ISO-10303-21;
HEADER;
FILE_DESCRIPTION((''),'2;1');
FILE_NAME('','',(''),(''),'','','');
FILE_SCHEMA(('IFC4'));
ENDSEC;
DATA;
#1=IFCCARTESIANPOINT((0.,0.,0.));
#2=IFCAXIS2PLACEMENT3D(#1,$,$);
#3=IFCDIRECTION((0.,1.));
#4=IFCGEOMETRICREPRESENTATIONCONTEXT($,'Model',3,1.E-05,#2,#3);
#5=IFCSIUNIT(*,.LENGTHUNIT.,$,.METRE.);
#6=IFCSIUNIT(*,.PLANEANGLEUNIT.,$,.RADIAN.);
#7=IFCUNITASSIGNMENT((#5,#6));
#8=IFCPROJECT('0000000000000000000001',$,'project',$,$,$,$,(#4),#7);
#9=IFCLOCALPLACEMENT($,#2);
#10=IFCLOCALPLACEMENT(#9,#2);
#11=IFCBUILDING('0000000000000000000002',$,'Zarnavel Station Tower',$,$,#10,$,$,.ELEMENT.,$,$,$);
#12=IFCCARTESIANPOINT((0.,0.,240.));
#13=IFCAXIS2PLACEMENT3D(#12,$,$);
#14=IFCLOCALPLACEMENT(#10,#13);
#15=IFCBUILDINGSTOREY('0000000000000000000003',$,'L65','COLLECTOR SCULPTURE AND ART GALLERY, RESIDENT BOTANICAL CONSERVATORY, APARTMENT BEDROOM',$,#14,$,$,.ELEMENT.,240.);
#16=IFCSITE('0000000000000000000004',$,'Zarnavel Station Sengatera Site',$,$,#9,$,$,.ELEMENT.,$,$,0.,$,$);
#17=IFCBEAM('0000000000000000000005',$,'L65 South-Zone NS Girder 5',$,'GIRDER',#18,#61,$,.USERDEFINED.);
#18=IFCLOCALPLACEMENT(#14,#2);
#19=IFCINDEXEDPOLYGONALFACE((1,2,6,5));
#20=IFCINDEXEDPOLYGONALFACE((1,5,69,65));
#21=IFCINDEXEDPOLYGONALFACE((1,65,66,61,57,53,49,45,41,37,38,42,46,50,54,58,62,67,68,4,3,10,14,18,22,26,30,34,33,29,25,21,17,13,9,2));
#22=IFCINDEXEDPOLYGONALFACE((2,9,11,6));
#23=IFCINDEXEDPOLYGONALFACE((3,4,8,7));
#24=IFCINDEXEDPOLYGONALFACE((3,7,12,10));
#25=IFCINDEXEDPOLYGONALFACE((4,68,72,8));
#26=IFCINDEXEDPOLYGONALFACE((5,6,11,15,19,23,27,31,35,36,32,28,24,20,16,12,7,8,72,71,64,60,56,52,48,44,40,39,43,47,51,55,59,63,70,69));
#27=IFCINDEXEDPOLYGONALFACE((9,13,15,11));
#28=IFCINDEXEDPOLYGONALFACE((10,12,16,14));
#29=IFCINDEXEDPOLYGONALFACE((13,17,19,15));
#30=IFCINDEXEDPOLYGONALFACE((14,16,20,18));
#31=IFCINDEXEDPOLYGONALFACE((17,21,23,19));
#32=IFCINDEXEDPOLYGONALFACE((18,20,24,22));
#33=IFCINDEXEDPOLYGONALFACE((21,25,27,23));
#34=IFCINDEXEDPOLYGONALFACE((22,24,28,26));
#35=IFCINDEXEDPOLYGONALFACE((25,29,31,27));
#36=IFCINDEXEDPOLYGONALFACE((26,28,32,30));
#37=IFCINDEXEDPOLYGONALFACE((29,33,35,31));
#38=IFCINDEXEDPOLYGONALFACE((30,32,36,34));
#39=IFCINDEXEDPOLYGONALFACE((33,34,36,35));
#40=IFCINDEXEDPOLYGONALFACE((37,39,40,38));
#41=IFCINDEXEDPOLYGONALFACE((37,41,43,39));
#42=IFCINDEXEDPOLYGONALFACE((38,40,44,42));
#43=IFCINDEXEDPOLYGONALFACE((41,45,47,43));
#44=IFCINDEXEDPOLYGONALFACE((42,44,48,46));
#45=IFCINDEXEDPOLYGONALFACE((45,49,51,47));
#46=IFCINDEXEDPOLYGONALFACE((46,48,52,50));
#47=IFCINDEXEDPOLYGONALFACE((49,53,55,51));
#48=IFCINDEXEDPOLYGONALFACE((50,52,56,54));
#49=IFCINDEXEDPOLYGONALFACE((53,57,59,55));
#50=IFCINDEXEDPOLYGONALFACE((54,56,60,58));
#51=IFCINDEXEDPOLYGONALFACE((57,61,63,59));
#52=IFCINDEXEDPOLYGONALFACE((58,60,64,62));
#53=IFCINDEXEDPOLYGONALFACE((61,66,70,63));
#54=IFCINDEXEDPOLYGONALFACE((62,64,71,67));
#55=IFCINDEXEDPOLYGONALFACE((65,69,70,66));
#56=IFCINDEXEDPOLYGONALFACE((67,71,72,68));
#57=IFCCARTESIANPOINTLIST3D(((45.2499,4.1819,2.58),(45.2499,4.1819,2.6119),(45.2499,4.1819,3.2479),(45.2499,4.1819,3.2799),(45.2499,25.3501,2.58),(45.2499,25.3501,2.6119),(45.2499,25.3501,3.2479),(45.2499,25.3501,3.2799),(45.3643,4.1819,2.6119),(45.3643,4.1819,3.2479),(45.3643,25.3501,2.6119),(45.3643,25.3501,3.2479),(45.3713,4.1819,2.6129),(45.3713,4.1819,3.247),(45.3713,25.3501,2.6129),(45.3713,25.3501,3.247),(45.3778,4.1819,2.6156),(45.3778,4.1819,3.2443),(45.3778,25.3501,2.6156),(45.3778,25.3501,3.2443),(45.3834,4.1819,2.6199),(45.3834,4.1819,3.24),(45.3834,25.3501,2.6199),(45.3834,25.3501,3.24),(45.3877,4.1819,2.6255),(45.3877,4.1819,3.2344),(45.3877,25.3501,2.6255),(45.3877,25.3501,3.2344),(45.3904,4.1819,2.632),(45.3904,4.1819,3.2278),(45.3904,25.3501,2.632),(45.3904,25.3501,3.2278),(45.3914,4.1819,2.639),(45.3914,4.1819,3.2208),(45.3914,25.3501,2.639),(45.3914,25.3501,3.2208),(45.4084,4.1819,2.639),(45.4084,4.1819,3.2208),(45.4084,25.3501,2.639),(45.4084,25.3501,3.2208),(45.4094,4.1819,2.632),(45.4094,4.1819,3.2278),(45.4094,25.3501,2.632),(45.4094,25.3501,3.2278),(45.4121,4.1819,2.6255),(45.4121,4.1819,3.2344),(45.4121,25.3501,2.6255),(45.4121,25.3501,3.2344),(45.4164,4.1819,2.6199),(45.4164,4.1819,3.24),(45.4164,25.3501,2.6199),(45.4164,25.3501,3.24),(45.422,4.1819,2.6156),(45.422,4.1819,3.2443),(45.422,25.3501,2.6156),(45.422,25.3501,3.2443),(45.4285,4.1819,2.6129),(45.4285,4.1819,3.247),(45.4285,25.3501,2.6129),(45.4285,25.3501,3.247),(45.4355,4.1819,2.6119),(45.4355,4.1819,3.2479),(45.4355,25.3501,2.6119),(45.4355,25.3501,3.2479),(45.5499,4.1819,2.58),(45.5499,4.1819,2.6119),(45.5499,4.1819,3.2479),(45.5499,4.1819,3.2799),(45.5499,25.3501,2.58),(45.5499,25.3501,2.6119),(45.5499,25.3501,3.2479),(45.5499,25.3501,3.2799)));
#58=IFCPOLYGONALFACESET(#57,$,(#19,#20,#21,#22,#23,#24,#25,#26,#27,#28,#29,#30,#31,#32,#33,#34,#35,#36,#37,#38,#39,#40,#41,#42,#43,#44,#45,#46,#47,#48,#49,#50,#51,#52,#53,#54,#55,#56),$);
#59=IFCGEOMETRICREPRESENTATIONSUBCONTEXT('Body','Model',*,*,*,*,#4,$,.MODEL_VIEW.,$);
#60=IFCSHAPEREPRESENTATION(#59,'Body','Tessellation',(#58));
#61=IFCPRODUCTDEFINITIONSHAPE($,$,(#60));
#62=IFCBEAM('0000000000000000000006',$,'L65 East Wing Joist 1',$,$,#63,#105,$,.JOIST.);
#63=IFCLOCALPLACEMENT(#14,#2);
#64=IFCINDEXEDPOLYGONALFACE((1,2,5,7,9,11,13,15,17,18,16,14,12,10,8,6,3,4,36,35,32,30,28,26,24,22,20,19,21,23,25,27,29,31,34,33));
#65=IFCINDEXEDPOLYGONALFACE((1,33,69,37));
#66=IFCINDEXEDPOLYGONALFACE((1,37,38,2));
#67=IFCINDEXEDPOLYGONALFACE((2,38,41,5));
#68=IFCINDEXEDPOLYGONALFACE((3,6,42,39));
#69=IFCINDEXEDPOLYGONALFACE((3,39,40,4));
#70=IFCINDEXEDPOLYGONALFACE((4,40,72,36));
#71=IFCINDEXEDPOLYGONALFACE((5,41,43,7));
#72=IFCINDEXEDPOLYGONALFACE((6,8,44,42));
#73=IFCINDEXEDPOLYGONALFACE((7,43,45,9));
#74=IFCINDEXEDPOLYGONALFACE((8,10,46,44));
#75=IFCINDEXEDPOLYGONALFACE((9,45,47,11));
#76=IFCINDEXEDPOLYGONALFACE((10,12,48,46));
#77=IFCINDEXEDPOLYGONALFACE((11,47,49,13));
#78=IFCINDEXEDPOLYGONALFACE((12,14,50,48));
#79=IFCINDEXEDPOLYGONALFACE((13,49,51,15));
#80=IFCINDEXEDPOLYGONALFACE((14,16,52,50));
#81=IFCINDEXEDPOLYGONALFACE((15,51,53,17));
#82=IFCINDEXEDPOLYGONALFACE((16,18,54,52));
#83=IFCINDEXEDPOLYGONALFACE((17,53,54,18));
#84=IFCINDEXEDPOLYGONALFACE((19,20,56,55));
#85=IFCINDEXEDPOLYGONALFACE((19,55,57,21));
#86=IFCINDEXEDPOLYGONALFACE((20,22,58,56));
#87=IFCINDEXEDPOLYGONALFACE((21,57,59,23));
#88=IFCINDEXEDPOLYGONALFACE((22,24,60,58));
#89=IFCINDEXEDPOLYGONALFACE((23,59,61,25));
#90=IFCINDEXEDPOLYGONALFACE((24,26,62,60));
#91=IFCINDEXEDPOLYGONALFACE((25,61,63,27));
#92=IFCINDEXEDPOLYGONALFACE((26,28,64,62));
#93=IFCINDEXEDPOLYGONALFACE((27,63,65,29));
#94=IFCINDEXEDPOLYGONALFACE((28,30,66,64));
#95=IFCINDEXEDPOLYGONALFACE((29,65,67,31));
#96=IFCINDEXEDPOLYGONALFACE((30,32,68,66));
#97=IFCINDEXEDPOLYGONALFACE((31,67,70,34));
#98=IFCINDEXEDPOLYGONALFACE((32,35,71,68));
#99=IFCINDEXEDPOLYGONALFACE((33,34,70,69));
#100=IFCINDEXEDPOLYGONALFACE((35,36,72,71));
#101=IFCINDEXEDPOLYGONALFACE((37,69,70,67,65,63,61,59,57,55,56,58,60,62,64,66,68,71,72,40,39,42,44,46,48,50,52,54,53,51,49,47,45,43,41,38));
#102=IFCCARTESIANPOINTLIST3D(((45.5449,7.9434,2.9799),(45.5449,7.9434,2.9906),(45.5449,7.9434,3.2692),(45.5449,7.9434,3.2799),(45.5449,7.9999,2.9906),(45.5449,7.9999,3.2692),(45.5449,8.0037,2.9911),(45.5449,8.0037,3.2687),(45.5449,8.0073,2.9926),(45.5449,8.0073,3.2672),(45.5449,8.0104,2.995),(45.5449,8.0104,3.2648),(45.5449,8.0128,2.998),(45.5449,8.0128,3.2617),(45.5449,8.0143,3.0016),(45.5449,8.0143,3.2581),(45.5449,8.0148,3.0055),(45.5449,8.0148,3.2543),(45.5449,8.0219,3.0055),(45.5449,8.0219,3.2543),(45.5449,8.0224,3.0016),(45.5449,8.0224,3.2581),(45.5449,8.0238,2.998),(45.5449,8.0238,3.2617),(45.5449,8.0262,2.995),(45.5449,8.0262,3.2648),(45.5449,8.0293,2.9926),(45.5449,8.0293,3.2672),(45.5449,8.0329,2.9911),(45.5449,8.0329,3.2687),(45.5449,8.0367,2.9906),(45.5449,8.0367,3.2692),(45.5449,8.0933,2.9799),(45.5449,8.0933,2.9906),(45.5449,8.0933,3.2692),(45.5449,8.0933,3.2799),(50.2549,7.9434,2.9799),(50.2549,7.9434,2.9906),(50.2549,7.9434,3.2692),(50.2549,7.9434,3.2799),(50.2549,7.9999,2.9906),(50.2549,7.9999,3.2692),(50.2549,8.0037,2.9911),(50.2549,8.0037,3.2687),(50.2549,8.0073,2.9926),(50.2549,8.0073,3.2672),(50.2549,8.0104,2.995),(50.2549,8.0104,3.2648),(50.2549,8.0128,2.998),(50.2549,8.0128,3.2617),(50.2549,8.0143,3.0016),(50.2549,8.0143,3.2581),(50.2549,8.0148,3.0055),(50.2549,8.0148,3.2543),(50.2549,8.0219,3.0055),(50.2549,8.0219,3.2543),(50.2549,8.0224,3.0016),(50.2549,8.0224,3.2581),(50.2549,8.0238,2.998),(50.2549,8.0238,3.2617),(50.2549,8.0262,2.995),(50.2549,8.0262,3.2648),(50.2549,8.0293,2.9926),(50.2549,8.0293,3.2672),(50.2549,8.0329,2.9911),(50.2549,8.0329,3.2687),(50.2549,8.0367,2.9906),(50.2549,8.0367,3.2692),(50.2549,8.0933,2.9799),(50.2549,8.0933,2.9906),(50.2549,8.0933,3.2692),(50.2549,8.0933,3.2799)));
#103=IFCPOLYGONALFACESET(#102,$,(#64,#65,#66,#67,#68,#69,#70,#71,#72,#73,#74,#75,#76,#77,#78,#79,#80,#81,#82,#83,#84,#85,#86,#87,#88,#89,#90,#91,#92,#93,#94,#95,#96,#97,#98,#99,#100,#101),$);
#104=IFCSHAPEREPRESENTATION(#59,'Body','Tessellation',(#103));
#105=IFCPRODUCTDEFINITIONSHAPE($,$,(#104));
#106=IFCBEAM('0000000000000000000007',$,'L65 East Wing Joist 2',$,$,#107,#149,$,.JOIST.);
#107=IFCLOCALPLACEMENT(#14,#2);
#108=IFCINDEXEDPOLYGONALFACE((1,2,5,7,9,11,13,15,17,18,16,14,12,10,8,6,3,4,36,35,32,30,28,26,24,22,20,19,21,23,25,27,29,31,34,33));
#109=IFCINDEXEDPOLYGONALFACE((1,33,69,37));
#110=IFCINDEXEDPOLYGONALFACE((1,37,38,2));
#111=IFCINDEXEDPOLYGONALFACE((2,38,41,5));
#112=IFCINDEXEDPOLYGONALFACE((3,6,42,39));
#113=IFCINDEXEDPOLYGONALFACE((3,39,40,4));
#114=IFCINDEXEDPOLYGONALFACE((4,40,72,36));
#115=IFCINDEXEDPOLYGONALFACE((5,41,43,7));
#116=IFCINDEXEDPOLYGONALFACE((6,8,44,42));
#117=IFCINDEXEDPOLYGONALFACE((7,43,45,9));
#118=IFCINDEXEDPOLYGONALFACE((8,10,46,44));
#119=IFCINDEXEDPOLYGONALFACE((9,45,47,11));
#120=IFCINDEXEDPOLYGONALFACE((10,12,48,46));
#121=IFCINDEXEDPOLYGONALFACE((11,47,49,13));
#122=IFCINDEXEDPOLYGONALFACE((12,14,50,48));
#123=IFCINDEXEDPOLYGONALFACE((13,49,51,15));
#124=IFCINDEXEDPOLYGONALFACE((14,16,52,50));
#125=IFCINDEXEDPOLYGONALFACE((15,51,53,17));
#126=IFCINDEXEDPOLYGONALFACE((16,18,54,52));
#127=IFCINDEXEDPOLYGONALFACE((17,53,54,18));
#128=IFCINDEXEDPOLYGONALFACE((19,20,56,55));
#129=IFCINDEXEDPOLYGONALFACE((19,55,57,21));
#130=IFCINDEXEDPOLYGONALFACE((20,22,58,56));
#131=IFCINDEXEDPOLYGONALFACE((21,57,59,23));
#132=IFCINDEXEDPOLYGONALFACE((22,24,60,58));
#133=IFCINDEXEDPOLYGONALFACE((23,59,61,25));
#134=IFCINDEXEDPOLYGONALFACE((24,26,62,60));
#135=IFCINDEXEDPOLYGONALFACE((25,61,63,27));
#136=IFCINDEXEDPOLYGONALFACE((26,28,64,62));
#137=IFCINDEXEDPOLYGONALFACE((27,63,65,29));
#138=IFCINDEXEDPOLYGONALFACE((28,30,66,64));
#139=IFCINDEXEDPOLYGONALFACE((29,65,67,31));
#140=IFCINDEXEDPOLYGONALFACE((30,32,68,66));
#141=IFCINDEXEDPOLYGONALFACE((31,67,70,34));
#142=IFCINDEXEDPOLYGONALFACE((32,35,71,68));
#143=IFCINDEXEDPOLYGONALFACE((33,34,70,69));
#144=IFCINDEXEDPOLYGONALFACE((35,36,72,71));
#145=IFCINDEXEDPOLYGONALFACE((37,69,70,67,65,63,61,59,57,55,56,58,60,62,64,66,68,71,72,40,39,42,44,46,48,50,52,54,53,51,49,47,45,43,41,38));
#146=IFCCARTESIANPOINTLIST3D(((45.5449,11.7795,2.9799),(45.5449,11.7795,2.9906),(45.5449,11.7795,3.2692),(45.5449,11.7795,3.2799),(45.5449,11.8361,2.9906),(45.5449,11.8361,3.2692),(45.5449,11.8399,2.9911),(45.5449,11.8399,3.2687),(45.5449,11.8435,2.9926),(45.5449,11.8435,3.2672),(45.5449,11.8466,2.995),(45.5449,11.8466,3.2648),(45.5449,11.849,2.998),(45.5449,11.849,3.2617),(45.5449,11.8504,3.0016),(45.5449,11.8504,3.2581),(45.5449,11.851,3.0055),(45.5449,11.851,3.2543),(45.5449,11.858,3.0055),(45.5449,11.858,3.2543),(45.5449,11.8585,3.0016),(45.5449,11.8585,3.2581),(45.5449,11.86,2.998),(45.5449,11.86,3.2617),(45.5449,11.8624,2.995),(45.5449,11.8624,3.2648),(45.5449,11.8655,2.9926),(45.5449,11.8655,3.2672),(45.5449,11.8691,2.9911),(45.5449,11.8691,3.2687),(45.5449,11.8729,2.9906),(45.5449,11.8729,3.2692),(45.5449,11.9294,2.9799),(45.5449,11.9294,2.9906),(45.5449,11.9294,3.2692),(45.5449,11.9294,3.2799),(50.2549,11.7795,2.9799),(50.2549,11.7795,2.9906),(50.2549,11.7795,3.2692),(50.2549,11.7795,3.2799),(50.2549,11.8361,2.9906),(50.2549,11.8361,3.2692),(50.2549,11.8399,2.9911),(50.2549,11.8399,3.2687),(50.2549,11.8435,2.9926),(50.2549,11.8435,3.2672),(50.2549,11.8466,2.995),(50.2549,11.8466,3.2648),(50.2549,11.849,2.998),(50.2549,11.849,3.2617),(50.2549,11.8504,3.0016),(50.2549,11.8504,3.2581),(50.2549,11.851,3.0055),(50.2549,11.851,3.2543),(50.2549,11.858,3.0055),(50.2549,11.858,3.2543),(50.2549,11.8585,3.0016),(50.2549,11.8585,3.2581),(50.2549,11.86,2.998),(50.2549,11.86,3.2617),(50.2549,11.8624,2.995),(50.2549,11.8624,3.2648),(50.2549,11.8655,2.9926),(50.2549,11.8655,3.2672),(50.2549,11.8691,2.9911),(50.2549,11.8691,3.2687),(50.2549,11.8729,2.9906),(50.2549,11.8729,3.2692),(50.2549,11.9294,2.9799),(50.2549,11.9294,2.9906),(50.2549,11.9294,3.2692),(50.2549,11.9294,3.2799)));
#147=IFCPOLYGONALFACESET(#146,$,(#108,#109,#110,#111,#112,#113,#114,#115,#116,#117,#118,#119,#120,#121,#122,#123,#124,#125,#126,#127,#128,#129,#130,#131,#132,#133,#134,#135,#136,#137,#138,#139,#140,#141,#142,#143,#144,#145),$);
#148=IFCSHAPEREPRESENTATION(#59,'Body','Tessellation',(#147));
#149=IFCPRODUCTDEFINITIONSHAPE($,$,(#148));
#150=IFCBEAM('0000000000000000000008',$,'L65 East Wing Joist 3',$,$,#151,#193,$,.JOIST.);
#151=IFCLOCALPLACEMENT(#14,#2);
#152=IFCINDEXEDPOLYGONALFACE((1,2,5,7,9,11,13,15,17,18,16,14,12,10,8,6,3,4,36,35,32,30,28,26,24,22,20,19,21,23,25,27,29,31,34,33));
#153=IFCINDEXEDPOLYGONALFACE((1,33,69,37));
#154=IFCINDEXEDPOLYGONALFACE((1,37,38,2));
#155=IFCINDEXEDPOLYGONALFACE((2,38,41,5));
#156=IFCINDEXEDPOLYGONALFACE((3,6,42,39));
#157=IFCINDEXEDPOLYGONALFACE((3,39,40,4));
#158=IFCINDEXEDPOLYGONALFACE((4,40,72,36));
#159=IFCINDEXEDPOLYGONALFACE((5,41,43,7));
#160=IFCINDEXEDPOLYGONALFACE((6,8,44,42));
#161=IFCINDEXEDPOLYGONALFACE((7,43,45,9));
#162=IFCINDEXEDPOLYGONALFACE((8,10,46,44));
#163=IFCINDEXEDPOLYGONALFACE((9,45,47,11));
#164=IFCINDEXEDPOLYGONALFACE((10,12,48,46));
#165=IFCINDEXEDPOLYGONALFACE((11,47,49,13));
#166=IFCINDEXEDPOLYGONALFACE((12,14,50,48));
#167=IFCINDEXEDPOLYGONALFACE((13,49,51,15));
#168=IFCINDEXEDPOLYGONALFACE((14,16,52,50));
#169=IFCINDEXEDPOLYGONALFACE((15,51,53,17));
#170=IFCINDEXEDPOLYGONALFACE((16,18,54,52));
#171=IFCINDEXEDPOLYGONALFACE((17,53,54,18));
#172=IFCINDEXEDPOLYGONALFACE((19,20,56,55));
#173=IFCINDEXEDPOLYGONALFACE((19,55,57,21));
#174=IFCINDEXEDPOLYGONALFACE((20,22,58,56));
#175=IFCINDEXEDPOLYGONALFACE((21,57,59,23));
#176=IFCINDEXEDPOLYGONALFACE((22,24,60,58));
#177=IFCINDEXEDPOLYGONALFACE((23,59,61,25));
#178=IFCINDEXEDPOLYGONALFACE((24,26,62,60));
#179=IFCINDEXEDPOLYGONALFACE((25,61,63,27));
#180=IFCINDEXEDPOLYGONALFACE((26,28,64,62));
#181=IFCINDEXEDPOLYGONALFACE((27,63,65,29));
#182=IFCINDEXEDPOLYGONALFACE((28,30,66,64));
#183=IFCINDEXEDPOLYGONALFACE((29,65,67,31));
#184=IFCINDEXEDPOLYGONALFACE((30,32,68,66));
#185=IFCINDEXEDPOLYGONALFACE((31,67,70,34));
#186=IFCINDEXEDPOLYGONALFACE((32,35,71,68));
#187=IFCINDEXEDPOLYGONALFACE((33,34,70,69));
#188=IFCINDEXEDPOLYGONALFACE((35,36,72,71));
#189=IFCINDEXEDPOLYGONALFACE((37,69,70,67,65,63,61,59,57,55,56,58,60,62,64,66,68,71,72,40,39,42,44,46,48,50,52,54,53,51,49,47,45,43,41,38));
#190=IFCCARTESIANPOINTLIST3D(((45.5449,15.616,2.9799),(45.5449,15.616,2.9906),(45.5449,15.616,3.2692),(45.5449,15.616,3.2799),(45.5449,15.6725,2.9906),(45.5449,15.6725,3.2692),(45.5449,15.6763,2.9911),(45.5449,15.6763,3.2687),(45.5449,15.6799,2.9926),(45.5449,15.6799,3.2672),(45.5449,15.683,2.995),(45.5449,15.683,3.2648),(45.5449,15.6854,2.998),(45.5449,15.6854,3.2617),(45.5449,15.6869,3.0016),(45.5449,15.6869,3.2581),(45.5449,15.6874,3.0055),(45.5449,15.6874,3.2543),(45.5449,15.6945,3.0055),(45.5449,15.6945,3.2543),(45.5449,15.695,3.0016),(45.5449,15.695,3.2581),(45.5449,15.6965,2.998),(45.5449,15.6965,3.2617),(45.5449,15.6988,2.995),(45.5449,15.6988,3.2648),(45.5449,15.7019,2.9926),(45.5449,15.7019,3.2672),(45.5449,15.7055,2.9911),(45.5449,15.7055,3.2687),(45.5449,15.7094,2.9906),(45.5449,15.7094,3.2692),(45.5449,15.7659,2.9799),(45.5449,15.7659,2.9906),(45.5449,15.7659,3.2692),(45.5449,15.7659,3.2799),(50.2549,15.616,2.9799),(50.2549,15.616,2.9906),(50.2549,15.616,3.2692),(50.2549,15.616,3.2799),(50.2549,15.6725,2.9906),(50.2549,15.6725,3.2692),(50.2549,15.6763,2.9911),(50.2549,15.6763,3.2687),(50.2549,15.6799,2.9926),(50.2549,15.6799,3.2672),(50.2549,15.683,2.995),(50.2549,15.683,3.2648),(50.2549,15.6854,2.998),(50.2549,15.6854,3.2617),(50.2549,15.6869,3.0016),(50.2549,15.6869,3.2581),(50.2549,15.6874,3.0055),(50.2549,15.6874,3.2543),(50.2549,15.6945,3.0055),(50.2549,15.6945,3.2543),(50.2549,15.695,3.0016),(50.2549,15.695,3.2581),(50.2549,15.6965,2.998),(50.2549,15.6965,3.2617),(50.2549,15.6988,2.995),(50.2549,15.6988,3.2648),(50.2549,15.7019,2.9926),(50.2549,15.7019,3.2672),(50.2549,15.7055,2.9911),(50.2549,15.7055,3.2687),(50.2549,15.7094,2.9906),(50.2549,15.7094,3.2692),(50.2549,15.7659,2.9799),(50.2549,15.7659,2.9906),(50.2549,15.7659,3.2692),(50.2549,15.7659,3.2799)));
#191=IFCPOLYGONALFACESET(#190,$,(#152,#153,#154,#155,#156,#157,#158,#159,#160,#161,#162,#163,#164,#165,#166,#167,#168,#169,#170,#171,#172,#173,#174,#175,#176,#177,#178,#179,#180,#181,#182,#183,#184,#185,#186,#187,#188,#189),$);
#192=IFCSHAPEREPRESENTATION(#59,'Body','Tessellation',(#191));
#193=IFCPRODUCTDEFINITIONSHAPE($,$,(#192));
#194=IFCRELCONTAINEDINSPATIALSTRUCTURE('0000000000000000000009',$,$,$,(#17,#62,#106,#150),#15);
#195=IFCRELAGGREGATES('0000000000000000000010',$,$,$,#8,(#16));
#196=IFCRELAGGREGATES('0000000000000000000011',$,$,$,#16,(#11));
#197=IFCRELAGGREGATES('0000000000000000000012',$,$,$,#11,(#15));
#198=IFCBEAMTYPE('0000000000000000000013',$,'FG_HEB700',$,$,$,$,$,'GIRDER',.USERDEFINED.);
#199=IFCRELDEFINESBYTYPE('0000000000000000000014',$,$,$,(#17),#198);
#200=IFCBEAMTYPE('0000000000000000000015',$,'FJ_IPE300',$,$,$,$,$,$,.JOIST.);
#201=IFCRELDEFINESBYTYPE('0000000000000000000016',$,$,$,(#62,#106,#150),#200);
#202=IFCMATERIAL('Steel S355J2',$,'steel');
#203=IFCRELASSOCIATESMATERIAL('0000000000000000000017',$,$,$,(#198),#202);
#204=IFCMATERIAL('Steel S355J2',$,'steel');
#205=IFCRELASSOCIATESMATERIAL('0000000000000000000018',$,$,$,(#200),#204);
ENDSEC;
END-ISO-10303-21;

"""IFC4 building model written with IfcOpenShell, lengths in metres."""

from ifc_helpers import new_model, si_unit, direction, frame, origin, origin_2d, place, context, subcontext, project, spatial, i_section, extrude, material, material_profile, profile_set, type_object, element, save


model = new_model("IFC4")

# Units and contexts
model_context = context("Model", 3, precision=1e-05, world=origin(), true_north=direction((0.0, 1.0)))
body_context = subcontext(model_context, "Body", "Model", "MODEL_VIEW")
ifc_project = project(units=[si_unit("LENGTHUNIT", "METRE"), si_unit("PLANEANGLEUNIT", "RADIAN")], contexts=[model_context])

# Site, building, storey
site_placement = place(None, origin())
site = spatial("IfcSite", under=ifc_project, at=site_placement, Name="Zarnavel Station Sengatera Site", CompositionType="ELEMENT", RefElevation=0.0)
building_placement = place(site_placement, origin())
building = spatial("IfcBuilding", under=site, at=building_placement, Name="Zarnavel Station Tower", CompositionType="ELEMENT")
storey_placement = place(building_placement, frame((0.0, 0.0, 240.0)))
storey = spatial("IfcBuildingStorey", under=building, at=storey_placement, Name="L65", Description="COLLECTOR SCULPTURE AND ART GALLERY, RESIDENT BOTANICAL CONSERVATORY, APARTMENT BEDROOM", CompositionType="ELEMENT", Elevation=240.0)

# Beams
ifc_material_1 = material(Name="Steel S355J2", Category="steel")
ifc_material_profile_1 = material_profile(ifc_material_1, i_section(OverallWidth=0.3, OverallDepth=0.7, WebThickness=0.0171, FlangeThickness=0.032, FilletRadius=0.0271, at=origin_2d()), Name="HEB700")
ifc_profile_set_1 = profile_set([ifc_material_profile_1], Name="Steel S355J2")
beam_type_1 = type_object("IfcBeamType", Name="FG_HEB700", ElementType="GIRDER", PredefinedType="USERDEFINED", material=ifc_profile_set_1)
beam_1_placement = place(storey_placement, frame((45.3999, 4.1819, 2.9299), z_axis=(0.0, 1.0, 0.0), x_axis=(-1.0, 0.0, 0.0)))
element("IfcBeam", 1, at=beam_1_placement, inside=storey, type_object=beam_type_1, Name="L65 South-Zone NS Girder 5", ObjectType="GIRDER", PredefinedType="USERDEFINED", context=body_context, shape_type="SweptSolid", body=[
    extrude(i_section(OverallWidth=0.3, OverallDepth=0.7, WebThickness=0.0171, FlangeThickness=0.032, FilletRadius=0.0271, at=origin_2d()), origin(), (0.0, 0.0, 1.0), 21.1682),
])
ifc_material_2 = material(Name="Steel S355J2", Category="steel")
ifc_material_profile_2 = material_profile(ifc_material_2, i_section(OverallWidth=0.1499, OverallDepth=0.3, WebThickness=0.0071, FlangeThickness=0.0107, FilletRadius=0.0149, at=origin_2d()), Name="IPE300")
ifc_profile_set_2 = profile_set([ifc_material_profile_2], Name="Steel S355J2")
beam_type_2 = type_object("IfcBeamType", Name="FJ_IPE300", PredefinedType="JOIST", material=ifc_profile_set_2)
for number, where, z_axis, x_axis, name in (
    (2, (45.5449, 8.0183, 3.1299), (1.0, 0.0, 0.0), (0.0, 1.0, 0.0), "L65 East Wing Joist 1"),
    (3, (45.5449, 11.8545, 3.1299), (1.0, 0.0, 0.0), (0.0, 1.0, 0.0), "L65 East Wing Joist 2"),
    (4, (45.5449, 15.6909, 3.1299), (1.0, 0.0, 0.0), (0.0, 1.0, 0.0), "L65 East Wing Joist 3"),
):
    element("IfcBeam", number, at=place(storey_placement, frame(where, z_axis=z_axis, x_axis=x_axis)), inside=storey, type_object=beam_type_2, Name=name, PredefinedType="JOIST", context=body_context, shape_type="SweptSolid", body=[
        extrude(i_section(OverallWidth=0.1499, OverallDepth=0.3, WebThickness=0.0071, FlangeThickness=0.0107, FilletRadius=0.0149, at=origin_2d()), origin(), (0.0, 0.0, 1.0), 4.71),
    ])

save(model, "model.ifc")
